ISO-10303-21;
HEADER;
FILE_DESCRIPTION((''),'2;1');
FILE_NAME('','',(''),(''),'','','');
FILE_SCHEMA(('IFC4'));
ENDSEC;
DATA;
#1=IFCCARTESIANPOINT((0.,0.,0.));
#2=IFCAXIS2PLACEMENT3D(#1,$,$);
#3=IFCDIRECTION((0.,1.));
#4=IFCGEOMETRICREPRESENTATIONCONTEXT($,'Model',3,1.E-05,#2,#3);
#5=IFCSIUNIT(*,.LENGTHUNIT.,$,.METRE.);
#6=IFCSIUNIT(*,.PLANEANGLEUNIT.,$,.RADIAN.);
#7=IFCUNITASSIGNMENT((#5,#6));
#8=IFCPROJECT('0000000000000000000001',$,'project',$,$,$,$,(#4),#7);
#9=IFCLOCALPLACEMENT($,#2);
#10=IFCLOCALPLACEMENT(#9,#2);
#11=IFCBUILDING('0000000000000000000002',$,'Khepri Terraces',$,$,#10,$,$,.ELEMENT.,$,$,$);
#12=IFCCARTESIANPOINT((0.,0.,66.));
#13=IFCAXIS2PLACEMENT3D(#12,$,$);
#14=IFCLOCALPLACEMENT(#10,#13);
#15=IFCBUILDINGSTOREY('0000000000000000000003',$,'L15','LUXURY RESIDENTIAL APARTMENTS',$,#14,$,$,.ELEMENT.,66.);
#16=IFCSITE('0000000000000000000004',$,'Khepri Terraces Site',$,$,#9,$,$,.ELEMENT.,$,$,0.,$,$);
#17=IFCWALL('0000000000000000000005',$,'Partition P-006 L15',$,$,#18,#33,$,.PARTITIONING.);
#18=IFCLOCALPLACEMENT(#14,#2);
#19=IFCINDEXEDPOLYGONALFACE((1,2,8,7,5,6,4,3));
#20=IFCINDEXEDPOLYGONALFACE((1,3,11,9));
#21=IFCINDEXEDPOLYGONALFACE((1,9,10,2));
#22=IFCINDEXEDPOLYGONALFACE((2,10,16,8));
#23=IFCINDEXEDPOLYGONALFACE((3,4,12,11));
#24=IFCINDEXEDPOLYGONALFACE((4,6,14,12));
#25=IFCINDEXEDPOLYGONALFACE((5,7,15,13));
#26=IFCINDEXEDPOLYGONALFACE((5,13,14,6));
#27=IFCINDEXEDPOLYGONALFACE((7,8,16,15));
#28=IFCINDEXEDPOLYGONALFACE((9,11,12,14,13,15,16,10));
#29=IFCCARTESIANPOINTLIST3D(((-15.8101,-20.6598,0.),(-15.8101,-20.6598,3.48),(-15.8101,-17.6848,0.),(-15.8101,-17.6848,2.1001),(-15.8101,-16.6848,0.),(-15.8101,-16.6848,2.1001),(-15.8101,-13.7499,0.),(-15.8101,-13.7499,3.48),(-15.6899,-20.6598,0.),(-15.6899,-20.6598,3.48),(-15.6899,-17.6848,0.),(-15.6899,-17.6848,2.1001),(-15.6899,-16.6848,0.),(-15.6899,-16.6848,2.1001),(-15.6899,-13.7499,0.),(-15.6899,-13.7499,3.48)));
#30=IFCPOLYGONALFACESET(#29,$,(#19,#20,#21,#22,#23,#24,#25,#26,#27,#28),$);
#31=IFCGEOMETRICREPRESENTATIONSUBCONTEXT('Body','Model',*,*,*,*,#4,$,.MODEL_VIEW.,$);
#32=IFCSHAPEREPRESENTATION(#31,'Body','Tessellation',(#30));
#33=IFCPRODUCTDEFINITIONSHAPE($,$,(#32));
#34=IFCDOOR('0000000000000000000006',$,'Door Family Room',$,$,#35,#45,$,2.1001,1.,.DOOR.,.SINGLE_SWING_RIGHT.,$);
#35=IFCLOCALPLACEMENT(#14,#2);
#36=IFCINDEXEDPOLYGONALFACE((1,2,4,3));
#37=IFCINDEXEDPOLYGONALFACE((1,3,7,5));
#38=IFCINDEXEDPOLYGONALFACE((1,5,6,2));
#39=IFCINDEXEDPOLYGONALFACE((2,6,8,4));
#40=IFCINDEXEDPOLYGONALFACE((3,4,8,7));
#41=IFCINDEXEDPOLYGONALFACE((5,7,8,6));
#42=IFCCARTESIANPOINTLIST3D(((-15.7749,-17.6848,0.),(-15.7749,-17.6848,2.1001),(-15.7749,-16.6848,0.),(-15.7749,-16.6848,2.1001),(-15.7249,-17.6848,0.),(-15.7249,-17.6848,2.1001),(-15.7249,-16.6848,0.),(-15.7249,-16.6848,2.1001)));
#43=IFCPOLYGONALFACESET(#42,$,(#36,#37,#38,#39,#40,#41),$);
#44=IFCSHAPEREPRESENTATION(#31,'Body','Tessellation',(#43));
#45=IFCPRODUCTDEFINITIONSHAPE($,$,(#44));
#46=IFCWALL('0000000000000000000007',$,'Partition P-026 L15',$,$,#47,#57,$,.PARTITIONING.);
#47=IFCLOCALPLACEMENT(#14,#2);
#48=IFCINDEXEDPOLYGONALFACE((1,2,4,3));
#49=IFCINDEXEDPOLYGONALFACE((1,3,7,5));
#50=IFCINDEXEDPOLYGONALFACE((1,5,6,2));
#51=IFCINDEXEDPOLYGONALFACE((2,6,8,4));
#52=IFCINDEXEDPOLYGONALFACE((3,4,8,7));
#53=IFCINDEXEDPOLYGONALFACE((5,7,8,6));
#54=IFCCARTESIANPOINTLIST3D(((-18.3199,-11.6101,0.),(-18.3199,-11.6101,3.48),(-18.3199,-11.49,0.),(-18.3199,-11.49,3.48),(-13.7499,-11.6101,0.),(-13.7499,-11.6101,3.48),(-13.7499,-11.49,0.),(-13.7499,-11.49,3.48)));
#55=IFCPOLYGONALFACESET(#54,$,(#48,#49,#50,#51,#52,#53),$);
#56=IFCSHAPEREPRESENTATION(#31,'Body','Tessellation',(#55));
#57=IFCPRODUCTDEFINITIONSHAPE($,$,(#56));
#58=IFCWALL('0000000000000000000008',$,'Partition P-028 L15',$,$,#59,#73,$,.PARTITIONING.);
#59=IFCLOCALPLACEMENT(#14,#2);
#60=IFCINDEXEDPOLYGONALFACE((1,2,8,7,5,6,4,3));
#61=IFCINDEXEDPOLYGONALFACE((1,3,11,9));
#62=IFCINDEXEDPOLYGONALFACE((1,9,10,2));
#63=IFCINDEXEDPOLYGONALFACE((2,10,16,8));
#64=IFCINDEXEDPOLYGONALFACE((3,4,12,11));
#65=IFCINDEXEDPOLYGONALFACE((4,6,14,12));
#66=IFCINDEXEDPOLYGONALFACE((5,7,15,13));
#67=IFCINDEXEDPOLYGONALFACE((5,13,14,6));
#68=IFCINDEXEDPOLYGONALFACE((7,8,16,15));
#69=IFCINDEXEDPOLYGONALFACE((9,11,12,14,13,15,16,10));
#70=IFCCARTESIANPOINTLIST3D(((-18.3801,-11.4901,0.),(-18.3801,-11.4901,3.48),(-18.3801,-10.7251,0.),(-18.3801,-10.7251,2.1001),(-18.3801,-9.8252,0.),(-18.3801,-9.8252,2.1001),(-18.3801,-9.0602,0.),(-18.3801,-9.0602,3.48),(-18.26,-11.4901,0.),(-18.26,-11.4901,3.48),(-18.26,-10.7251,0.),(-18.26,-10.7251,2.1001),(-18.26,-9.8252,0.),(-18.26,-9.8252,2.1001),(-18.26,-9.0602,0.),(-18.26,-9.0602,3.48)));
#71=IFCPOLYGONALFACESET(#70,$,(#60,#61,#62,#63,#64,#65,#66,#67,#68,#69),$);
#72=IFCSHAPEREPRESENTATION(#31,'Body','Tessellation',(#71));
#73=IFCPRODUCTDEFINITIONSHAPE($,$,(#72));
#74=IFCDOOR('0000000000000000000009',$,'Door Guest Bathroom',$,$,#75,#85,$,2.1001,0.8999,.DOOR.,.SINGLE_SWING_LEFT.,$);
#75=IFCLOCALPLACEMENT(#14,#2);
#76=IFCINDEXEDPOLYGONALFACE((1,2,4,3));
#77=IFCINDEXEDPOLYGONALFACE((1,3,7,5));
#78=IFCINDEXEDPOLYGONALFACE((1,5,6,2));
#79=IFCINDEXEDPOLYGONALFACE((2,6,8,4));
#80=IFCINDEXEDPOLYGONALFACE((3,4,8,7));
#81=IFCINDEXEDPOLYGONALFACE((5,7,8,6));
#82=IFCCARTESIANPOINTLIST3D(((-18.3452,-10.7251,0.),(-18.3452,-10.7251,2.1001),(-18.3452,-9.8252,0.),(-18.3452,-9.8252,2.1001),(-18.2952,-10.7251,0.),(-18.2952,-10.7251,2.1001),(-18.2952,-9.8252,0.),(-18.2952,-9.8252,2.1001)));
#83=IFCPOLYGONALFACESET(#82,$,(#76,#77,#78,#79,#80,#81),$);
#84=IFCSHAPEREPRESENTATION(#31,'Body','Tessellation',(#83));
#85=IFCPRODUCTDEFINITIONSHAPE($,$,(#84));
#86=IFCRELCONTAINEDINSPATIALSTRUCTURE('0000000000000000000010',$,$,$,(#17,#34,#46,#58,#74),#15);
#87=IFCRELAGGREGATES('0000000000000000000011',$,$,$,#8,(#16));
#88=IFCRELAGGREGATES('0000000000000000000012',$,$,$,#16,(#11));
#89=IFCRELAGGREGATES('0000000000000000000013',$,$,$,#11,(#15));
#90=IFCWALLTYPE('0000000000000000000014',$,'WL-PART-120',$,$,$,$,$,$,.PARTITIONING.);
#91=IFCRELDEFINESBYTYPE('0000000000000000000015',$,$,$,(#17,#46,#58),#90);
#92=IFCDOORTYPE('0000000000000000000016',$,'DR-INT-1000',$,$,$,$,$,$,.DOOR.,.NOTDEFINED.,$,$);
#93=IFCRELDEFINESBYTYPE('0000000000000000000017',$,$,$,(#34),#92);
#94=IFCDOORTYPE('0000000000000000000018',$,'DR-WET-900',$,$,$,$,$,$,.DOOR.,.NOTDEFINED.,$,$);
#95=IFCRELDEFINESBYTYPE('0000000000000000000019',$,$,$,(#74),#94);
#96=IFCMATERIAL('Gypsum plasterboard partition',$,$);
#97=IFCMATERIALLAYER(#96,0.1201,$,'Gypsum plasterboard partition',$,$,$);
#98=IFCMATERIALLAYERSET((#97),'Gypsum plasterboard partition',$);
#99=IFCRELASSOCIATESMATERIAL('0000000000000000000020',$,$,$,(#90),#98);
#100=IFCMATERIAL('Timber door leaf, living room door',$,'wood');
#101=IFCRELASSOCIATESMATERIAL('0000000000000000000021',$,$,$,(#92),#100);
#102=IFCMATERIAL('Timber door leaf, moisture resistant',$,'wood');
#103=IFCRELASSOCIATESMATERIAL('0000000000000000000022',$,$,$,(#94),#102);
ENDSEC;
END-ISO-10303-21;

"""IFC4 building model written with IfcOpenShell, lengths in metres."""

from ifc_helpers import new_model, si_unit, direction, frame, frame_2d, origin, place, context, subcontext, project, spatial, rectangle, extrude, material, layer, layer_set, type_object, element, fill, save


model = new_model("IFC4")

# Units and contexts
model_context = context("Model", 3, precision=1e-05, world=origin(), true_north=direction((0.0, 1.0)))
body_context = subcontext(model_context, "Body", "Model", "MODEL_VIEW")
ifc_project = project(units=[si_unit("LENGTHUNIT", "METRE"), si_unit("PLANEANGLEUNIT", "RADIAN")], contexts=[model_context])

# Site, building, storey
site_placement = place(None, origin())
site = spatial("IfcSite", under=ifc_project, at=site_placement, Name="Khepri Terraces Site", CompositionType="ELEMENT", RefElevation=0.0)
building_placement = place(site_placement, origin())
building = spatial("IfcBuilding", under=site, at=building_placement, Name="Khepri Terraces", CompositionType="ELEMENT")
storey_placement = place(building_placement, frame((0.0, 0.0, 66.0)))
storey = spatial("IfcBuildingStorey", under=building, at=storey_placement, Name="L15", Description="LUXURY RESIDENTIAL APARTMENTS", CompositionType="ELEMENT", Elevation=66.0)

# Wall, opening, door
ifc_material_1 = material(Name="Gypsum plasterboard partition")
ifc_layer_1 = layer(ifc_material_1, 0.1201, Name="Gypsum plasterboard partition")
ifc_layer_set_1 = layer_set([ifc_layer_1], Name="Gypsum plasterboard partition")
wall_type_1 = type_object("IfcWallType", Name="WL-PART-120", PredefinedType="PARTITIONING", material=ifc_layer_set_1)
wall_1_placement = place(storey_placement, frame((-15.75, -20.6599, 0.0), z_axis=(0.0, 0.0, 1.0), x_axis=(0.0, 1.0, 0.0)))
wall_1 = element("IfcWall", 1, at=wall_1_placement, inside=storey, type_object=wall_type_1, Name="Partition P-006 L15", PredefinedType="PARTITIONING", context=body_context, shape_type="SweptSolid", body=[
    extrude(rectangle(XDim=6.9099, YDim=0.1201, at=frame_2d((3.4551, 0.0))), origin(), (0.0, 0.0, 1.0), 3.48),
])
opening_1_placement = place(wall_1_placement, frame((2.9751, 0.0, 0.0)))
opening_1 = element("IfcOpeningElement", 2, at=opening_1_placement, cuts=wall_1, PredefinedType="OPENING", context=body_context, shape_type="SweptSolid", body=[
    extrude(rectangle(XDim=1.0, YDim=2.1001, at=frame_2d((0.5, 1.05))), frame((0.0, 0.0701, 0.0), z_axis=(0.0, -1.0, 0.0), x_axis=(1.0, 0.0, 0.0)), (0.0, 0.0, 1.0), 0.1401),
])
ifc_material_2 = material(Name="Timber door leaf, living room door", Category="wood")
door_type_1 = type_object("IfcDoorType", Name="DR-INT-1000", OperationType="NOTDEFINED", PredefinedType="DOOR", material=ifc_material_2)
door_1_placement = place(opening_1_placement, origin())
door_1 = element("IfcDoor", 3, at=door_1_placement, inside=storey, type_object=door_type_1, Name="Door Family Room", OperationType="SINGLE_SWING_RIGHT", OverallHeight=2.1001, OverallWidth=1.0, PredefinedType="DOOR", context=body_context, shape_type="SweptSolid", body=[
    extrude(rectangle(XDim=1.0, YDim=2.1001, at=frame_2d((0.5, 1.05))), frame((0.0, 0.0249, 0.0), z_axis=(0.0, -1.0, 0.0), x_axis=(1.0, 0.0, 0.0)), (0.0, 0.0, 1.0), 0.05),
])
fill(opening_1, door_1)

# Wall
wall_2_placement = place(storey_placement, frame((-18.3201, -11.55, 0.0), z_axis=(0.0, 0.0, 1.0), x_axis=(1.0, 0.0, 0.0)))
element("IfcWall", 4, at=wall_2_placement, inside=storey, type_object=wall_type_1, Name="Partition P-026 L15", PredefinedType="PARTITIONING", context=body_context, shape_type="SweptSolid", body=[
    extrude(rectangle(XDim=4.5701, YDim=0.1201, at=frame_2d((2.2852, 0.0))), origin(), (0.0, 0.0, 1.0), 3.48),
])

# Wall, opening, door
wall_3_placement = place(storey_placement, frame((-18.3201, -11.49, 0.0), z_axis=(0.0, 0.0, 1.0), x_axis=(0.0, 1.0, 0.0)))
wall_3 = element("IfcWall", 5, at=wall_3_placement, inside=storey, type_object=wall_type_1, Name="Partition P-028 L15", PredefinedType="PARTITIONING", context=body_context, shape_type="SweptSolid", body=[
    extrude(rectangle(XDim=2.4299, YDim=0.1201, at=frame_2d((1.2148, 0.0))), origin(), (0.0, 0.0, 1.0), 3.48),
])
opening_2_placement = place(wall_3_placement, frame((0.7649, 0.0, 0.0)))
opening_2 = element("IfcOpeningElement", 6, at=opening_2_placement, cuts=wall_3, PredefinedType="OPENING", context=body_context, shape_type="SweptSolid", body=[
    extrude(rectangle(XDim=0.8999, YDim=2.1001, at=frame_2d((0.45, 1.05))), frame((0.0, 0.0701, 0.0), z_axis=(0.0, -1.0, 0.0), x_axis=(1.0, 0.0, 0.0)), (0.0, 0.0, 1.0), 0.1401),
])
ifc_material_3 = material(Name="Timber door leaf, moisture resistant", Category="wood")
door_type_2 = type_object("IfcDoorType", Name="DR-WET-900", OperationType="NOTDEFINED", PredefinedType="DOOR", material=ifc_material_3)
door_2_placement = place(opening_2_placement, frame((0.8999, 0.0, 0.0), z_axis=(0.0, 0.0, 1.0), x_axis=(-1.0, 0.0, 0.0)))
door_2 = element("IfcDoor", 7, at=door_2_placement, inside=storey, type_object=door_type_2, Name="Door Guest Bathroom", OperationType="SINGLE_SWING_LEFT", OverallHeight=2.1001, OverallWidth=0.8999, PredefinedType="DOOR", context=body_context, shape_type="SweptSolid", body=[
    extrude(rectangle(XDim=0.8999, YDim=2.1001, at=frame_2d((0.45, 1.05))), frame((0.0, 0.0249, 0.0), z_axis=(0.0, -1.0, 0.0), x_axis=(1.0, 0.0, 0.0)), (0.0, 0.0, 1.0), 0.05),
])
fill(opening_2, door_2)

save(model, "model.ifc")
